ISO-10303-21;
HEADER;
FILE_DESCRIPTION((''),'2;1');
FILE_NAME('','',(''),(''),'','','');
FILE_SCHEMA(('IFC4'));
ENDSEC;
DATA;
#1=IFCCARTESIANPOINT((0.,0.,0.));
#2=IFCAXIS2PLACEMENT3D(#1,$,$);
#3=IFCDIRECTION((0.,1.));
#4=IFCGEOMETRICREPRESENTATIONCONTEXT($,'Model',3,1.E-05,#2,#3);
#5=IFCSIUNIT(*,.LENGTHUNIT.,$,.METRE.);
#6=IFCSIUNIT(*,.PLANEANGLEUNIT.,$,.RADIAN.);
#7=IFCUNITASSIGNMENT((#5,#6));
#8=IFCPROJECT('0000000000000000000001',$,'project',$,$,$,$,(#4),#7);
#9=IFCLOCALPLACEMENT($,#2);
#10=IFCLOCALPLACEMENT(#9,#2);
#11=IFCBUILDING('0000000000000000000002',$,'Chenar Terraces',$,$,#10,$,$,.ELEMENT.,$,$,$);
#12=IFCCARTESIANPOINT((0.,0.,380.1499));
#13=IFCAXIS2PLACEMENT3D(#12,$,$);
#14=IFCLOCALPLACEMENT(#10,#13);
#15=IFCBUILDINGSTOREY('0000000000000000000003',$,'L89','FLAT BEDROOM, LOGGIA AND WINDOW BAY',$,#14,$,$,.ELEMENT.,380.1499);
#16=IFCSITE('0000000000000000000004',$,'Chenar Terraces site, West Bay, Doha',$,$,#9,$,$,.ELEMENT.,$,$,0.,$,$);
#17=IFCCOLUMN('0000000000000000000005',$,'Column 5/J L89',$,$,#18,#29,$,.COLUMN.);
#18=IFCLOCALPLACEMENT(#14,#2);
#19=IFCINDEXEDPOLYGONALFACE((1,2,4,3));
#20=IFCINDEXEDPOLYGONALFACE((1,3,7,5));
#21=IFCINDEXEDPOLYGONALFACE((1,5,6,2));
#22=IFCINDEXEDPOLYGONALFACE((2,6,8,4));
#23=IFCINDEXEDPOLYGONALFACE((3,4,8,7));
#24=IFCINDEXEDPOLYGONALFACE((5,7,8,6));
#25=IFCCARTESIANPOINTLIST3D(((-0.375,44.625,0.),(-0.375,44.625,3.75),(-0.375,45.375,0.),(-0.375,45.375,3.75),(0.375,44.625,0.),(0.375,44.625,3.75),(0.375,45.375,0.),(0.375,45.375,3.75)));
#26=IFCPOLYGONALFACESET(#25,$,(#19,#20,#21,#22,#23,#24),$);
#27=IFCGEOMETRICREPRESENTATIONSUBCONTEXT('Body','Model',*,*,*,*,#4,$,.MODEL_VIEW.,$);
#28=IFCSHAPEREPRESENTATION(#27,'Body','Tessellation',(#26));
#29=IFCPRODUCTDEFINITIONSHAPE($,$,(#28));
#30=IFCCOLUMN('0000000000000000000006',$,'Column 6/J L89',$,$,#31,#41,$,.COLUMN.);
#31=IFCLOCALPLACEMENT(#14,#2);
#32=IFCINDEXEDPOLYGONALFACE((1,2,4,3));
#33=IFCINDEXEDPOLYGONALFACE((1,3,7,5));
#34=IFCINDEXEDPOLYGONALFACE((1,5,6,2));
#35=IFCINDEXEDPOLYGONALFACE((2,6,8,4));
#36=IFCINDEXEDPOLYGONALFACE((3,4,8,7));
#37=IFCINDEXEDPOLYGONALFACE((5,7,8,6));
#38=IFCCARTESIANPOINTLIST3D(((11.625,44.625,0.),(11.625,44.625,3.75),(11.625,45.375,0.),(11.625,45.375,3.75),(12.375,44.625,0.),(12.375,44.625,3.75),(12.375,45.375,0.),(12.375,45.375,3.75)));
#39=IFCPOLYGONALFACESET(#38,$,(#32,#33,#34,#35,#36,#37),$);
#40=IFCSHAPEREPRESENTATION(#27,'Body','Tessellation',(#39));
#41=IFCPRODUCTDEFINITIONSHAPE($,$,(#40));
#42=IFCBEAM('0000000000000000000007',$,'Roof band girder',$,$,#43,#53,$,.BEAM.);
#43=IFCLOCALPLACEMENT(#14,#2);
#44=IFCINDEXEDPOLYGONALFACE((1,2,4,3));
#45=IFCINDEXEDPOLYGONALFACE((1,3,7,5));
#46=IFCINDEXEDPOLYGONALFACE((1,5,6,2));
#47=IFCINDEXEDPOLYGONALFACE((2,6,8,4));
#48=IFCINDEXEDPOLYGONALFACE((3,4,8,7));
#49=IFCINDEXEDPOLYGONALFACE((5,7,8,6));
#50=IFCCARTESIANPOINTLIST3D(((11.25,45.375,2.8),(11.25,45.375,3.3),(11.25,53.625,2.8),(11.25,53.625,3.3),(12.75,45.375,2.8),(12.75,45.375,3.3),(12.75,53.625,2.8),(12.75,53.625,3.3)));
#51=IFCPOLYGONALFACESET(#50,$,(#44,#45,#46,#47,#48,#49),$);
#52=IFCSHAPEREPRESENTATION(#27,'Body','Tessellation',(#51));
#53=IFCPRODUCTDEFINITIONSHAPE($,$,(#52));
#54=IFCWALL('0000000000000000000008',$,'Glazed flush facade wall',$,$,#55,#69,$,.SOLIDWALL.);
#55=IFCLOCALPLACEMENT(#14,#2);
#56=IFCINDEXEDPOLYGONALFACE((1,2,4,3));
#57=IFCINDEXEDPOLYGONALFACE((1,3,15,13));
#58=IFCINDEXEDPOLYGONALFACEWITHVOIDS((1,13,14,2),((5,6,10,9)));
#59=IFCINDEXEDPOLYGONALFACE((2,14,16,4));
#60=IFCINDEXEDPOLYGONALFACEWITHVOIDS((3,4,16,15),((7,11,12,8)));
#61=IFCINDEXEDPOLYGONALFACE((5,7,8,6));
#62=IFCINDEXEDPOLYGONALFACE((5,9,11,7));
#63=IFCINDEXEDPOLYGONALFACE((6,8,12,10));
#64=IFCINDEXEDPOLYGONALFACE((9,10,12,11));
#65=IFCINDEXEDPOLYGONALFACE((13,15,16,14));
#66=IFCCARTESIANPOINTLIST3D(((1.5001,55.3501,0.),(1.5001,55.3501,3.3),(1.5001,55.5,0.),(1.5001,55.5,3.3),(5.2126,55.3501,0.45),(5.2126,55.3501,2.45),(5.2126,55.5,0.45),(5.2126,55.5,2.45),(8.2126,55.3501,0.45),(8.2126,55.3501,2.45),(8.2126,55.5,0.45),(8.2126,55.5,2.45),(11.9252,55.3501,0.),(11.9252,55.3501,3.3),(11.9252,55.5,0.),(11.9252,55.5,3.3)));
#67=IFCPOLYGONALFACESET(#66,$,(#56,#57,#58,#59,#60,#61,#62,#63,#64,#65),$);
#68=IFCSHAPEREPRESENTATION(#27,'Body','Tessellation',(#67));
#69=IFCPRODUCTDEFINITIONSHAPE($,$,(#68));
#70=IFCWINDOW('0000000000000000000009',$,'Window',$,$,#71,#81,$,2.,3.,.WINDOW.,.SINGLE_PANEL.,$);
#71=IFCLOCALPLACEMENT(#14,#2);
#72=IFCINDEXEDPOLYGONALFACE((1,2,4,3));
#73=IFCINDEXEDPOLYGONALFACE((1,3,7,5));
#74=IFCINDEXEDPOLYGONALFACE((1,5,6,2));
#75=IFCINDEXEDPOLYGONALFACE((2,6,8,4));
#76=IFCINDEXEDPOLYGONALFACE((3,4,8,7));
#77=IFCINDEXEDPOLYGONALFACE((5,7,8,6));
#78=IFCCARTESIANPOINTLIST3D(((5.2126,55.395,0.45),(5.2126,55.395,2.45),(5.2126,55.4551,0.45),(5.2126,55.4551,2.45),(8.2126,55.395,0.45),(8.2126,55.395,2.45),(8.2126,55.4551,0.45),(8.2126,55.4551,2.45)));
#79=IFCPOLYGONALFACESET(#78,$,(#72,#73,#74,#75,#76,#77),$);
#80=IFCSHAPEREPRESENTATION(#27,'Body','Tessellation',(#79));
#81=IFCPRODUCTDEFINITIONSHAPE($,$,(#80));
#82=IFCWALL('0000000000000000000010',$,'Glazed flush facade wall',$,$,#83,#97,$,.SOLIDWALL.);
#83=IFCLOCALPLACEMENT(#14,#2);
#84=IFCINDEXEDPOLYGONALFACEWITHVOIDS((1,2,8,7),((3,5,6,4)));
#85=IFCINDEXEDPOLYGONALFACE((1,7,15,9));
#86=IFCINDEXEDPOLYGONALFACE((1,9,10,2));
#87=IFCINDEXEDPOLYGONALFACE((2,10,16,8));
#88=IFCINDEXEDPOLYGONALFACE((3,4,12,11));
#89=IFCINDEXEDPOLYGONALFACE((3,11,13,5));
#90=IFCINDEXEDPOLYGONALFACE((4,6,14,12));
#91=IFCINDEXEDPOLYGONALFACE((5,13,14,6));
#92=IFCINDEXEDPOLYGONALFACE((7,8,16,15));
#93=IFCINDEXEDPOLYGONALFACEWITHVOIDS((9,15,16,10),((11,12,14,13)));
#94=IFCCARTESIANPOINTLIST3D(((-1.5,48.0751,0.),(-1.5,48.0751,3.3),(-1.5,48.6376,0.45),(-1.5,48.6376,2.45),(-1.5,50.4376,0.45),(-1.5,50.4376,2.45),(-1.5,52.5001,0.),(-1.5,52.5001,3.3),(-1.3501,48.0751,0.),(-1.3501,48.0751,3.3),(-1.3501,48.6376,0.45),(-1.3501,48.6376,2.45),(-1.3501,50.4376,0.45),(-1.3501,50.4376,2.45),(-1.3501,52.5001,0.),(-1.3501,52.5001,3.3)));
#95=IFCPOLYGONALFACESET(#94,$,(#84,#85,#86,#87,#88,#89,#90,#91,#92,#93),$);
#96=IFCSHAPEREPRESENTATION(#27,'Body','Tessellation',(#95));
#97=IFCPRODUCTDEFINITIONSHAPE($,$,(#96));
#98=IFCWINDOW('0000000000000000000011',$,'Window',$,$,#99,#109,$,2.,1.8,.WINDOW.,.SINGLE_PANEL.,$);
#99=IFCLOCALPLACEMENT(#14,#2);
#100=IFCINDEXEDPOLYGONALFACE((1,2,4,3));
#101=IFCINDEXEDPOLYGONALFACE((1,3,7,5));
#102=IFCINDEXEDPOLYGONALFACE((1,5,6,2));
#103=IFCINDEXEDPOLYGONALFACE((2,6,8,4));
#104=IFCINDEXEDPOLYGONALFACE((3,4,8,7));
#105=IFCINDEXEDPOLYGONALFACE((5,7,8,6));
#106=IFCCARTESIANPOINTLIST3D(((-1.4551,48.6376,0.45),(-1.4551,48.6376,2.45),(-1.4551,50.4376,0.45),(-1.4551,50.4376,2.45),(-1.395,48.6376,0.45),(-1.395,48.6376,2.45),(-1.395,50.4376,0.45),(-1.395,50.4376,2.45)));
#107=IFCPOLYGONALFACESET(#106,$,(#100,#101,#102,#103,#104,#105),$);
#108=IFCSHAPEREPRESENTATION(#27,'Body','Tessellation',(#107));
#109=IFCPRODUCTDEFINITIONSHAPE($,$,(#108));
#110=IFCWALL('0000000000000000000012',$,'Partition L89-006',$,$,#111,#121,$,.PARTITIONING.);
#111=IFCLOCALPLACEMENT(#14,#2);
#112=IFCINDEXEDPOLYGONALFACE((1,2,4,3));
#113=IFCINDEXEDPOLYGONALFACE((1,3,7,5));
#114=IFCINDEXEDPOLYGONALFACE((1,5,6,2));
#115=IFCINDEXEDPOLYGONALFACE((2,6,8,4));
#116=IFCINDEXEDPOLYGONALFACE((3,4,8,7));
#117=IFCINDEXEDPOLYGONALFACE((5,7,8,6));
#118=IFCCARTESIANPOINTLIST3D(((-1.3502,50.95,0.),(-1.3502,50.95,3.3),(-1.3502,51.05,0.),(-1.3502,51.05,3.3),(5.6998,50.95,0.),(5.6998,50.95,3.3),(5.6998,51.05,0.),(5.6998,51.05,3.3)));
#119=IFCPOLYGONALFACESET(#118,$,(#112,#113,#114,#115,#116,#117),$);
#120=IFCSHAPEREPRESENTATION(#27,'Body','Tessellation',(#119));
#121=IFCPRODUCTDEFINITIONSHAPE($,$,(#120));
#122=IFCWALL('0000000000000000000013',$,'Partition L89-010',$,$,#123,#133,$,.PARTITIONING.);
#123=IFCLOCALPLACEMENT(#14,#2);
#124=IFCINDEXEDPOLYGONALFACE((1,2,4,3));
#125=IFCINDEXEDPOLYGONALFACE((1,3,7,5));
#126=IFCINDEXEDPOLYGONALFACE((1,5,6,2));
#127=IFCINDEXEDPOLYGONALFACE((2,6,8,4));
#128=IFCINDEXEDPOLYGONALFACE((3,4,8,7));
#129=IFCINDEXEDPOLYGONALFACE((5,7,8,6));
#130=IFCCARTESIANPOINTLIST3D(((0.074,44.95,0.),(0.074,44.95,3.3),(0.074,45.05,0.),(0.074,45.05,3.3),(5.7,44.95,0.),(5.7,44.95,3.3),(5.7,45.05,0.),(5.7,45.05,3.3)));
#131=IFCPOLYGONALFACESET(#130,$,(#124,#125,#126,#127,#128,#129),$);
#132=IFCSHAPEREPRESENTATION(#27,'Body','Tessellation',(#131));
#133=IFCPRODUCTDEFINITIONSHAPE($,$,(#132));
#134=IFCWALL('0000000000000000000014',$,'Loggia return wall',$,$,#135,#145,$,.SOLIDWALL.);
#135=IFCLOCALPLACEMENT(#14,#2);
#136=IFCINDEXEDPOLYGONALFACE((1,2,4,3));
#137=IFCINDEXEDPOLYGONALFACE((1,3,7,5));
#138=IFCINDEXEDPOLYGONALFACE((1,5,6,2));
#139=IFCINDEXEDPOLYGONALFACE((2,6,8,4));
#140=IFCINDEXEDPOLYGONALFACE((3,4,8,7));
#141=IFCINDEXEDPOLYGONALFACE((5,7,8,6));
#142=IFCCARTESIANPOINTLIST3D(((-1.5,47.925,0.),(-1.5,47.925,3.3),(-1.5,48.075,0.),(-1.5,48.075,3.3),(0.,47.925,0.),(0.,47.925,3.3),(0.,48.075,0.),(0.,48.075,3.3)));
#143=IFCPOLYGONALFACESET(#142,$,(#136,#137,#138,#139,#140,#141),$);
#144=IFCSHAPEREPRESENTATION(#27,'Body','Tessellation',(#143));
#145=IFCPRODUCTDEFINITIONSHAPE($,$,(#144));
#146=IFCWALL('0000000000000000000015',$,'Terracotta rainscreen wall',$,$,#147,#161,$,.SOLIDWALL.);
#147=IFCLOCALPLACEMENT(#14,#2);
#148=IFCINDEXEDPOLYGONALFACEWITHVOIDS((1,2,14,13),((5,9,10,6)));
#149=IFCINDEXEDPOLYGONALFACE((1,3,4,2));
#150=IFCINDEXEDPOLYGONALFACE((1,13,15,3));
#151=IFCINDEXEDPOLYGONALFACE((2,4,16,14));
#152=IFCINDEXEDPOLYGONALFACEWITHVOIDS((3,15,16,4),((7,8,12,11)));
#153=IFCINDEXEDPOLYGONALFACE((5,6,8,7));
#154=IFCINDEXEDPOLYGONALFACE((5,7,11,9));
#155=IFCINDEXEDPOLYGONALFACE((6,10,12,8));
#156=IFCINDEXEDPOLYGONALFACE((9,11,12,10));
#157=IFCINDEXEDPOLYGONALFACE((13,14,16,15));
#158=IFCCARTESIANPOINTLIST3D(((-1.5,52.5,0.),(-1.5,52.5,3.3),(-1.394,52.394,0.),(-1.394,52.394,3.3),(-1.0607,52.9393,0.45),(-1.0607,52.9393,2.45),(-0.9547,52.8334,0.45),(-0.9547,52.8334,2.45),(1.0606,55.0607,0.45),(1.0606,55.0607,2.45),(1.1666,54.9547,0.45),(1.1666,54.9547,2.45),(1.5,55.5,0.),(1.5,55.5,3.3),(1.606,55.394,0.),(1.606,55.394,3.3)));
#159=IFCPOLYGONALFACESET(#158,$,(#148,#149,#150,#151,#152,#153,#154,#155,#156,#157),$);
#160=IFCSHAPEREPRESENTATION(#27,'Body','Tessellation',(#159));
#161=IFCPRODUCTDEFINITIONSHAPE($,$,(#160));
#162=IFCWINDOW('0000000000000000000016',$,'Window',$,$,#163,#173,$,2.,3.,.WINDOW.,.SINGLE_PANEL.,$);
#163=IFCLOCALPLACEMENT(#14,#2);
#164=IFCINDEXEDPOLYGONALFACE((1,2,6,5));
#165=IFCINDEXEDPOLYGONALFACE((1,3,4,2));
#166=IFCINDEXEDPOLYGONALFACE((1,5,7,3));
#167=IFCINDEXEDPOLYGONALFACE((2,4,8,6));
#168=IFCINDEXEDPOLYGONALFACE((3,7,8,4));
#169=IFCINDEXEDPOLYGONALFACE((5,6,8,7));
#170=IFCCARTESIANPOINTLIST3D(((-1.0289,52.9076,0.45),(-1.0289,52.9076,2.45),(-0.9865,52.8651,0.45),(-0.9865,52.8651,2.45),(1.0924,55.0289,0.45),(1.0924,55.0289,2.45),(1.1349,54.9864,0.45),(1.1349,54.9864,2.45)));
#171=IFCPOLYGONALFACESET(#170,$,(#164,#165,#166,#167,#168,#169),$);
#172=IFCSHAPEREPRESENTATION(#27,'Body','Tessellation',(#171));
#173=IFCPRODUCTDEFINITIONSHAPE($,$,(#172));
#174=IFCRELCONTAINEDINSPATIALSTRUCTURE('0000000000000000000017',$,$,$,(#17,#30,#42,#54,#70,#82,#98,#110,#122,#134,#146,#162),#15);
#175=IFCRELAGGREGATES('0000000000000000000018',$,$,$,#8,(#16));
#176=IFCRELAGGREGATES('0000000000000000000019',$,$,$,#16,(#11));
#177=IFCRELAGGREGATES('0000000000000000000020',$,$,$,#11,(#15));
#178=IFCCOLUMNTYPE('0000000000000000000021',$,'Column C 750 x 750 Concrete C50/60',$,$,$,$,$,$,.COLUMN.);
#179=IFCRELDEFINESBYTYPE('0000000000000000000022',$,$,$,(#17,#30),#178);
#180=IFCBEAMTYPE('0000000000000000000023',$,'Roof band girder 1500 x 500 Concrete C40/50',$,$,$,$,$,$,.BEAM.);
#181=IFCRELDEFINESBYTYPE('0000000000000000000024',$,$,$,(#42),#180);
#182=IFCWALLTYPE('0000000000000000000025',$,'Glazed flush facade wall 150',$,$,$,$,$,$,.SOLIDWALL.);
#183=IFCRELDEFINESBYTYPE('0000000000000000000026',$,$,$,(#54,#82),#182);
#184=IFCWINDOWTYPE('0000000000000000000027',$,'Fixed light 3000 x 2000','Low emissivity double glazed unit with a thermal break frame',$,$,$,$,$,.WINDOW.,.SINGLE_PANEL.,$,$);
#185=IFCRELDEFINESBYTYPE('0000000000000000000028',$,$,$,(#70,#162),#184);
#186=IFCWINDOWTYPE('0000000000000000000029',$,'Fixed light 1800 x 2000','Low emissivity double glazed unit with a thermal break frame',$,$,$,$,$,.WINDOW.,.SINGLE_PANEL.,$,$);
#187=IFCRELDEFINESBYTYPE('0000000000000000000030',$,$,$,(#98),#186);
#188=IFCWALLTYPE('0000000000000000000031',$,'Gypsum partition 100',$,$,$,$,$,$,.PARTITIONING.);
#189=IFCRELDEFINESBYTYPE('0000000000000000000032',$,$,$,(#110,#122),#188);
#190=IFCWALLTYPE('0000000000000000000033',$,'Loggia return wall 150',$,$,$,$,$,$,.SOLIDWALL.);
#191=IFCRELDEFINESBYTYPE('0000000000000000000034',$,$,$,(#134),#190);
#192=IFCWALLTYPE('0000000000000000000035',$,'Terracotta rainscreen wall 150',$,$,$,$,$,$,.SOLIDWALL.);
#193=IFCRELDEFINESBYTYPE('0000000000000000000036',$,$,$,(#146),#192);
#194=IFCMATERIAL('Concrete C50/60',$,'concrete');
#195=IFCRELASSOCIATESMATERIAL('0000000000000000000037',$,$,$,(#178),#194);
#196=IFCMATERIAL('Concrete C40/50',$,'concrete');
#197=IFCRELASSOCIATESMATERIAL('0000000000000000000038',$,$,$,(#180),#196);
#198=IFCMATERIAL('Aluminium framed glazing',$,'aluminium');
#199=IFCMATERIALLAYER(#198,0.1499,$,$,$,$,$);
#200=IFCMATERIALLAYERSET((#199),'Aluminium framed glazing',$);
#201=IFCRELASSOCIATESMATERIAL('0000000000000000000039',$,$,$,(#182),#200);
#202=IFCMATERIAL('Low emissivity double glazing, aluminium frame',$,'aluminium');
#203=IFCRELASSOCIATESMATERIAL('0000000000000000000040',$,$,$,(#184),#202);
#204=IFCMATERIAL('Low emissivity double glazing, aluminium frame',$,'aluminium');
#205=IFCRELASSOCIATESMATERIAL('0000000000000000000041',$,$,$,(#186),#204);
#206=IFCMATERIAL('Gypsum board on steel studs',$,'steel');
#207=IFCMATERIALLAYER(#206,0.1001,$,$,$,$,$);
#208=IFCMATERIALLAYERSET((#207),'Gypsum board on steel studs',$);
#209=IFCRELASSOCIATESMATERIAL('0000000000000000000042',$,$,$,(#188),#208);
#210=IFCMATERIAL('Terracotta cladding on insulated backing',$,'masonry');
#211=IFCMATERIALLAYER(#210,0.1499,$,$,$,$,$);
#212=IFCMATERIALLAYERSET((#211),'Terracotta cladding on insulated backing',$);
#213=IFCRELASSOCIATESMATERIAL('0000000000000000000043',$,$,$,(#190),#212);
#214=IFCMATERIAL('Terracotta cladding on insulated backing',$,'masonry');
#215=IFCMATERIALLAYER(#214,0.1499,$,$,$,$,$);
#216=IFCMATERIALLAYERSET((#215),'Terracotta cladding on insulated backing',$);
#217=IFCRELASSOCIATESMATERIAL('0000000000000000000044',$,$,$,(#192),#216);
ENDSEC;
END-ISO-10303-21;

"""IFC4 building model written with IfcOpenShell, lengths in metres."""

from ifc_helpers import new_model, si_unit, direction, frame, frame_2d, origin, origin_2d, place, context, subcontext, project, spatial, rectangle, extrude, material, layer, layer_set, material_profile, profile_set, type_object, element, fill, save


model = new_model("IFC4")

# Units and contexts
model_context = context("Model", 3, precision=1e-05, world=origin(), true_north=direction((0.0, 1.0)))
body_context = subcontext(model_context, "Body", "Model", "MODEL_VIEW")
ifc_project = project(units=[si_unit("LENGTHUNIT", "METRE"), si_unit("PLANEANGLEUNIT", "RADIAN")], contexts=[model_context])

# Site, building, storey
site_placement = place(None, origin())
site = spatial("IfcSite", under=ifc_project, at=site_placement, Name="Chenar Terraces site, West Bay, Doha", CompositionType="ELEMENT", RefElevation=0.0)
building_placement = place(site_placement, origin())
building = spatial("IfcBuilding", under=site, at=building_placement, Name="Chenar Terraces", CompositionType="ELEMENT")
storey_placement = place(building_placement, frame((0.0, 0.0, 380.1499)))
storey = spatial("IfcBuildingStorey", under=building, at=storey_placement, Name="L89", Description="FLAT BEDROOM, LOGGIA AND WINDOW BAY", CompositionType="ELEMENT", Elevation=380.1499)

# Columns
ifc_material_1 = material(Name="Concrete C50/60", Category="concrete")
ifc_material_profile_1 = material_profile(ifc_material_1, rectangle(XDim=0.75, YDim=0.75, at=origin_2d()), Name="C 750 x 750")
ifc_profile_set_1 = profile_set([ifc_material_profile_1], Name="Concrete C50/60")
column_type = type_object("IfcColumnType", Name="Column C 750 x 750 Concrete C50/60", PredefinedType="COLUMN", material=ifc_profile_set_1)
for number, where, z_axis, x_axis, name in (
    (1, (0.0, 45.0, 0.0), (0.0, 0.0, 1.0), (1.0, 0.0, 0.0), "Column 5/J L89"),
    (2, (12.0, 45.0, 0.0), (0.0, 0.0, 1.0), (1.0, 0.0, 0.0), "Column 6/J L89"),
):
    element("IfcColumn", number, at=place(storey_placement, frame(where, z_axis=z_axis, x_axis=x_axis)), inside=storey, type_object=column_type, Name=name, PredefinedType="COLUMN", context=body_context, shape_type="SweptSolid", body=[
        extrude(rectangle(XDim=0.75, YDim=0.75, at=origin_2d()), origin(), (0.0, 0.0, 1.0), 3.75),
    ])

# Beam
ifc_material_2 = material(Name="Concrete C40/50", Category="concrete")
ifc_material_profile_2 = material_profile(ifc_material_2, rectangle(XDim=1.5, YDim=0.5, at=origin_2d()), Name="RC 1500 x 500")
ifc_profile_set_2 = profile_set([ifc_material_profile_2], Name="Concrete C40/50")
beam_type = type_object("IfcBeamType", Name="Roof band girder 1500 x 500 Concrete C40/50", PredefinedType="BEAM", material=ifc_profile_set_2)
beam_placement = place(storey_placement, frame((12.0, 45.375, 3.05), z_axis=(0.0, 1.0, 0.0), x_axis=(-1.0, 0.0, 0.0)))
element("IfcBeam", 3, at=beam_placement, inside=storey, type_object=beam_type, Name="Roof band girder", PredefinedType="BEAM", context=body_context, shape_type="SweptSolid", body=[
    extrude(rectangle(XDim=1.5, YDim=0.5, at=origin_2d()), origin(), (0.0, 0.0, 1.0), 8.25),
])

# Walls, openings, windows
ifc_material_3 = material(Name="Aluminium framed glazing", Category="aluminium")
ifc_layer_1 = layer(ifc_material_3, 0.1499)
ifc_layer_set_1 = layer_set([ifc_layer_1], Name="Aluminium framed glazing")
wall_type_1 = type_object("IfcWallType", Name="Glazed flush facade wall 150", PredefinedType="SOLIDWALL", material=ifc_layer_set_1)
wall_1_placement = place(storey_placement, frame((11.925, 55.425, 0.0), z_axis=(0.0, 0.0, 1.0), x_axis=(-1.0, 0.0, 0.0)))
wall_1 = element("IfcWall", 4, at=wall_1_placement, inside=storey, type_object=wall_type_1, Name="Glazed flush facade wall", PredefinedType="SOLIDWALL", context=body_context, shape_type="SweptSolid", body=[
    extrude(rectangle(XDim=10.425, YDim=0.1499, at=frame_2d((5.2124, 0.0))), origin(), (0.0, 0.0, 1.0), 3.3),
])
opening_1_placement = place(wall_1_placement, frame((3.7124, 0.0, 0.45)))
opening_1 = element("IfcOpeningElement", 5, at=opening_1_placement, cuts=wall_1, PredefinedType="OPENING", context=body_context, shape_type="SweptSolid", body=[
    extrude(rectangle(XDim=3.0, YDim=2.0, at=frame_2d((1.5, 1.0))), frame((0.0, 0.085, 0.0), z_axis=(0.0, -1.0, 0.0), x_axis=(1.0, 0.0, 0.0)), (0.0, 0.0, 1.0), 0.1699),
])
ifc_material_4 = material(Name="Low emissivity double glazing, aluminium frame", Category="aluminium")
window_type_1 = type_object("IfcWindowType", Name="Fixed light 3000 x 2000", Description="Low emissivity double glazed unit with a thermal break frame", PartitioningType="SINGLE_PANEL", PredefinedType="WINDOW", material=ifc_material_4)
window_1_placement = place(opening_1_placement, origin())
window_1 = element("IfcWindow", 6, at=window_1_placement, inside=storey, type_object=window_type_1, Name="Window", OverallHeight=2.0, OverallWidth=3.0, PartitioningType="SINGLE_PANEL", PredefinedType="WINDOW", context=body_context, shape_type="SweptSolid", body=[
    extrude(rectangle(XDim=3.0, YDim=2.0, at=frame_2d((1.5, 1.0))), frame((0.0, 0.03, 0.0), z_axis=(0.0, -1.0, 0.0), x_axis=(1.0, 0.0, 0.0)), (0.0, 0.0, 1.0), 0.0601),
])
fill(opening_1, window_1)
wall_2_placement = place(storey_placement, frame((-1.425, 52.5, 0.0), z_axis=(0.0, 0.0, 1.0), x_axis=(0.0, -1.0, 0.0)))
wall_2 = element("IfcWall", 7, at=wall_2_placement, inside=storey, type_object=wall_type_1, Name="Glazed flush facade wall", PredefinedType="SOLIDWALL", context=body_context, shape_type="SweptSolid", body=[
    extrude(rectangle(XDim=4.425, YDim=0.1499, at=frame_2d((2.2124, 0.0))), origin(), (0.0, 0.0, 1.0), 3.3),
])
opening_2_placement = place(wall_2_placement, frame((2.0625, 0.0, 0.45)))
opening_2 = element("IfcOpeningElement", 8, at=opening_2_placement, cuts=wall_2, PredefinedType="OPENING", context=body_context, shape_type="SweptSolid", body=[
    extrude(rectangle(XDim=1.8, YDim=2.0, at=frame_2d((0.8999, 1.0))), frame((0.0, 0.085, 0.0), z_axis=(0.0, -1.0, 0.0), x_axis=(1.0, 0.0, 0.0)), (0.0, 0.0, 1.0), 0.1699),
])
ifc_material_5 = material(Name="Low emissivity double glazing, aluminium frame", Category="aluminium")
window_type_2 = type_object("IfcWindowType", Name="Fixed light 1800 x 2000", Description="Low emissivity double glazed unit with a thermal break frame", PartitioningType="SINGLE_PANEL", PredefinedType="WINDOW", material=ifc_material_5)
window_2_placement = place(opening_2_placement, origin())
window_2 = element("IfcWindow", 9, at=window_2_placement, inside=storey, type_object=window_type_2, Name="Window", OverallHeight=2.0, OverallWidth=1.8, PartitioningType="SINGLE_PANEL", PredefinedType="WINDOW", context=body_context, shape_type="SweptSolid", body=[
    extrude(rectangle(XDim=1.8, YDim=2.0, at=frame_2d((0.8999, 1.0))), frame((0.0, 0.03, 0.0), z_axis=(0.0, -1.0, 0.0), x_axis=(1.0, 0.0, 0.0)), (0.0, 0.0, 1.0), 0.0601),
])
fill(opening_2, window_2)

# Walls
ifc_material_6 = material(Name="Gypsum board on steel studs", Category="steel")
ifc_layer_2 = layer(ifc_material_6, 0.1001)
ifc_layer_set_2 = layer_set([ifc_layer_2], Name="Gypsum board on steel studs")
wall_type_2 = type_object("IfcWallType", Name="Gypsum partition 100", PredefinedType="PARTITIONING", material=ifc_layer_set_2)
wall_3_placement = place(storey_placement, frame((-1.3501, 51.0, 0.0), z_axis=(0.0, 0.0, 1.0), x_axis=(1.0, 0.0, 0.0)))
element("IfcWall", 10, at=wall_3_placement, inside=storey, type_object=wall_type_2, Name="Partition L89-006", PredefinedType="PARTITIONING", context=body_context, shape_type="SweptSolid", body=[
    extrude(rectangle(XDim=7.05, YDim=0.1001, at=frame_2d((3.5249, 0.0))), origin(), (0.0, 0.0, 1.0), 3.3),
])
wall_4_placement = place(storey_placement, frame((0.074, 45.0, 0.0), z_axis=(0.0, 0.0, 1.0), x_axis=(1.0, 0.0, 0.0)))
element("IfcWall", 11, at=wall_4_placement, inside=storey, type_object=wall_type_2, Name="Partition L89-010", PredefinedType="PARTITIONING", context=body_context, shape_type="SweptSolid", body=[
    extrude(rectangle(XDim=5.626, YDim=0.1001, at=frame_2d((2.813, 0.0))), origin(), (0.0, 0.0, 1.0), 3.3),
])
ifc_material_7 = material(Name="Terracotta cladding on insulated backing", Category="masonry")
ifc_layer_3 = layer(ifc_material_7, 0.1499)
ifc_layer_set_3 = layer_set([ifc_layer_3], Name="Terracotta cladding on insulated backing")
wall_type_3 = type_object("IfcWallType", Name="Loggia return wall 150", PredefinedType="SOLIDWALL", material=ifc_layer_set_3)
wall_5_placement = place(storey_placement, frame((-1.5, 48.0, 0.0), z_axis=(0.0, 0.0, 1.0), x_axis=(1.0, 0.0, 0.0)))
element("IfcWall", 12, at=wall_5_placement, inside=storey, type_object=wall_type_3, Name="Loggia return wall", PredefinedType="SOLIDWALL", context=body_context, shape_type="SweptSolid", body=[
    extrude(rectangle(XDim=1.5, YDim=0.1499, at=frame_2d((0.75, 0.0))), origin(), (0.0, 0.0, 1.0), 3.3),
])

# Wall, opening, window
ifc_material_8 = material(Name="Terracotta cladding on insulated backing", Category="masonry")
ifc_layer_4 = layer(ifc_material_8, 0.1499)
ifc_layer_set_4 = layer_set([ifc_layer_4], Name="Terracotta cladding on insulated backing")
wall_type_4 = type_object("IfcWallType", Name="Terracotta rainscreen wall 150", PredefinedType="SOLIDWALL", material=ifc_layer_set_4)
wall_6_placement = place(storey_placement, frame((1.553, 55.447, 0.0), z_axis=(0.0, 0.0, 1.0), x_axis=(-0.707107, -0.707107, 0.0)))
wall_6 = element("IfcWall", 13, at=wall_6_placement, inside=storey, type_object=wall_type_4, Name="Terracotta rainscreen wall", PredefinedType="SOLIDWALL", context=body_context, shape_type="SweptSolid", body=[
    extrude(rectangle(XDim=4.2427, YDim=0.1499, at=frame_2d((2.1213, 0.0))), origin(), (0.0, 0.0, 1.0), 3.3),
])
opening_3_placement = place(wall_6_placement, frame((0.6213, 0.0, 0.45)))
opening_3 = element("IfcOpeningElement", 14, at=opening_3_placement, cuts=wall_6, PredefinedType="OPENING", context=body_context, shape_type="SweptSolid", body=[
    extrude(rectangle(XDim=3.0, YDim=2.0, at=frame_2d((1.5, 1.0))), frame((0.0, 0.085, 0.0), z_axis=(0.0, -1.0, 0.0), x_axis=(1.0, 0.0, 0.0)), (0.0, 0.0, 1.0), 0.1699),
])
window_3_placement = place(opening_3_placement, origin())
window_3 = element("IfcWindow", 15, at=window_3_placement, inside=storey, type_object=window_type_1, Name="Window", OverallHeight=2.0, OverallWidth=3.0, PartitioningType="SINGLE_PANEL", PredefinedType="WINDOW", context=body_context, shape_type="SweptSolid", body=[
    extrude(rectangle(XDim=3.0, YDim=2.0, at=frame_2d((1.5, 1.0))), frame((0.0, 0.03, 0.0), z_axis=(0.0, -1.0, 0.0), x_axis=(1.0, 0.0, 0.0)), (0.0, 0.0, 1.0), 0.0601),
])
fill(opening_3, window_3)

save(model, "model.ifc")
